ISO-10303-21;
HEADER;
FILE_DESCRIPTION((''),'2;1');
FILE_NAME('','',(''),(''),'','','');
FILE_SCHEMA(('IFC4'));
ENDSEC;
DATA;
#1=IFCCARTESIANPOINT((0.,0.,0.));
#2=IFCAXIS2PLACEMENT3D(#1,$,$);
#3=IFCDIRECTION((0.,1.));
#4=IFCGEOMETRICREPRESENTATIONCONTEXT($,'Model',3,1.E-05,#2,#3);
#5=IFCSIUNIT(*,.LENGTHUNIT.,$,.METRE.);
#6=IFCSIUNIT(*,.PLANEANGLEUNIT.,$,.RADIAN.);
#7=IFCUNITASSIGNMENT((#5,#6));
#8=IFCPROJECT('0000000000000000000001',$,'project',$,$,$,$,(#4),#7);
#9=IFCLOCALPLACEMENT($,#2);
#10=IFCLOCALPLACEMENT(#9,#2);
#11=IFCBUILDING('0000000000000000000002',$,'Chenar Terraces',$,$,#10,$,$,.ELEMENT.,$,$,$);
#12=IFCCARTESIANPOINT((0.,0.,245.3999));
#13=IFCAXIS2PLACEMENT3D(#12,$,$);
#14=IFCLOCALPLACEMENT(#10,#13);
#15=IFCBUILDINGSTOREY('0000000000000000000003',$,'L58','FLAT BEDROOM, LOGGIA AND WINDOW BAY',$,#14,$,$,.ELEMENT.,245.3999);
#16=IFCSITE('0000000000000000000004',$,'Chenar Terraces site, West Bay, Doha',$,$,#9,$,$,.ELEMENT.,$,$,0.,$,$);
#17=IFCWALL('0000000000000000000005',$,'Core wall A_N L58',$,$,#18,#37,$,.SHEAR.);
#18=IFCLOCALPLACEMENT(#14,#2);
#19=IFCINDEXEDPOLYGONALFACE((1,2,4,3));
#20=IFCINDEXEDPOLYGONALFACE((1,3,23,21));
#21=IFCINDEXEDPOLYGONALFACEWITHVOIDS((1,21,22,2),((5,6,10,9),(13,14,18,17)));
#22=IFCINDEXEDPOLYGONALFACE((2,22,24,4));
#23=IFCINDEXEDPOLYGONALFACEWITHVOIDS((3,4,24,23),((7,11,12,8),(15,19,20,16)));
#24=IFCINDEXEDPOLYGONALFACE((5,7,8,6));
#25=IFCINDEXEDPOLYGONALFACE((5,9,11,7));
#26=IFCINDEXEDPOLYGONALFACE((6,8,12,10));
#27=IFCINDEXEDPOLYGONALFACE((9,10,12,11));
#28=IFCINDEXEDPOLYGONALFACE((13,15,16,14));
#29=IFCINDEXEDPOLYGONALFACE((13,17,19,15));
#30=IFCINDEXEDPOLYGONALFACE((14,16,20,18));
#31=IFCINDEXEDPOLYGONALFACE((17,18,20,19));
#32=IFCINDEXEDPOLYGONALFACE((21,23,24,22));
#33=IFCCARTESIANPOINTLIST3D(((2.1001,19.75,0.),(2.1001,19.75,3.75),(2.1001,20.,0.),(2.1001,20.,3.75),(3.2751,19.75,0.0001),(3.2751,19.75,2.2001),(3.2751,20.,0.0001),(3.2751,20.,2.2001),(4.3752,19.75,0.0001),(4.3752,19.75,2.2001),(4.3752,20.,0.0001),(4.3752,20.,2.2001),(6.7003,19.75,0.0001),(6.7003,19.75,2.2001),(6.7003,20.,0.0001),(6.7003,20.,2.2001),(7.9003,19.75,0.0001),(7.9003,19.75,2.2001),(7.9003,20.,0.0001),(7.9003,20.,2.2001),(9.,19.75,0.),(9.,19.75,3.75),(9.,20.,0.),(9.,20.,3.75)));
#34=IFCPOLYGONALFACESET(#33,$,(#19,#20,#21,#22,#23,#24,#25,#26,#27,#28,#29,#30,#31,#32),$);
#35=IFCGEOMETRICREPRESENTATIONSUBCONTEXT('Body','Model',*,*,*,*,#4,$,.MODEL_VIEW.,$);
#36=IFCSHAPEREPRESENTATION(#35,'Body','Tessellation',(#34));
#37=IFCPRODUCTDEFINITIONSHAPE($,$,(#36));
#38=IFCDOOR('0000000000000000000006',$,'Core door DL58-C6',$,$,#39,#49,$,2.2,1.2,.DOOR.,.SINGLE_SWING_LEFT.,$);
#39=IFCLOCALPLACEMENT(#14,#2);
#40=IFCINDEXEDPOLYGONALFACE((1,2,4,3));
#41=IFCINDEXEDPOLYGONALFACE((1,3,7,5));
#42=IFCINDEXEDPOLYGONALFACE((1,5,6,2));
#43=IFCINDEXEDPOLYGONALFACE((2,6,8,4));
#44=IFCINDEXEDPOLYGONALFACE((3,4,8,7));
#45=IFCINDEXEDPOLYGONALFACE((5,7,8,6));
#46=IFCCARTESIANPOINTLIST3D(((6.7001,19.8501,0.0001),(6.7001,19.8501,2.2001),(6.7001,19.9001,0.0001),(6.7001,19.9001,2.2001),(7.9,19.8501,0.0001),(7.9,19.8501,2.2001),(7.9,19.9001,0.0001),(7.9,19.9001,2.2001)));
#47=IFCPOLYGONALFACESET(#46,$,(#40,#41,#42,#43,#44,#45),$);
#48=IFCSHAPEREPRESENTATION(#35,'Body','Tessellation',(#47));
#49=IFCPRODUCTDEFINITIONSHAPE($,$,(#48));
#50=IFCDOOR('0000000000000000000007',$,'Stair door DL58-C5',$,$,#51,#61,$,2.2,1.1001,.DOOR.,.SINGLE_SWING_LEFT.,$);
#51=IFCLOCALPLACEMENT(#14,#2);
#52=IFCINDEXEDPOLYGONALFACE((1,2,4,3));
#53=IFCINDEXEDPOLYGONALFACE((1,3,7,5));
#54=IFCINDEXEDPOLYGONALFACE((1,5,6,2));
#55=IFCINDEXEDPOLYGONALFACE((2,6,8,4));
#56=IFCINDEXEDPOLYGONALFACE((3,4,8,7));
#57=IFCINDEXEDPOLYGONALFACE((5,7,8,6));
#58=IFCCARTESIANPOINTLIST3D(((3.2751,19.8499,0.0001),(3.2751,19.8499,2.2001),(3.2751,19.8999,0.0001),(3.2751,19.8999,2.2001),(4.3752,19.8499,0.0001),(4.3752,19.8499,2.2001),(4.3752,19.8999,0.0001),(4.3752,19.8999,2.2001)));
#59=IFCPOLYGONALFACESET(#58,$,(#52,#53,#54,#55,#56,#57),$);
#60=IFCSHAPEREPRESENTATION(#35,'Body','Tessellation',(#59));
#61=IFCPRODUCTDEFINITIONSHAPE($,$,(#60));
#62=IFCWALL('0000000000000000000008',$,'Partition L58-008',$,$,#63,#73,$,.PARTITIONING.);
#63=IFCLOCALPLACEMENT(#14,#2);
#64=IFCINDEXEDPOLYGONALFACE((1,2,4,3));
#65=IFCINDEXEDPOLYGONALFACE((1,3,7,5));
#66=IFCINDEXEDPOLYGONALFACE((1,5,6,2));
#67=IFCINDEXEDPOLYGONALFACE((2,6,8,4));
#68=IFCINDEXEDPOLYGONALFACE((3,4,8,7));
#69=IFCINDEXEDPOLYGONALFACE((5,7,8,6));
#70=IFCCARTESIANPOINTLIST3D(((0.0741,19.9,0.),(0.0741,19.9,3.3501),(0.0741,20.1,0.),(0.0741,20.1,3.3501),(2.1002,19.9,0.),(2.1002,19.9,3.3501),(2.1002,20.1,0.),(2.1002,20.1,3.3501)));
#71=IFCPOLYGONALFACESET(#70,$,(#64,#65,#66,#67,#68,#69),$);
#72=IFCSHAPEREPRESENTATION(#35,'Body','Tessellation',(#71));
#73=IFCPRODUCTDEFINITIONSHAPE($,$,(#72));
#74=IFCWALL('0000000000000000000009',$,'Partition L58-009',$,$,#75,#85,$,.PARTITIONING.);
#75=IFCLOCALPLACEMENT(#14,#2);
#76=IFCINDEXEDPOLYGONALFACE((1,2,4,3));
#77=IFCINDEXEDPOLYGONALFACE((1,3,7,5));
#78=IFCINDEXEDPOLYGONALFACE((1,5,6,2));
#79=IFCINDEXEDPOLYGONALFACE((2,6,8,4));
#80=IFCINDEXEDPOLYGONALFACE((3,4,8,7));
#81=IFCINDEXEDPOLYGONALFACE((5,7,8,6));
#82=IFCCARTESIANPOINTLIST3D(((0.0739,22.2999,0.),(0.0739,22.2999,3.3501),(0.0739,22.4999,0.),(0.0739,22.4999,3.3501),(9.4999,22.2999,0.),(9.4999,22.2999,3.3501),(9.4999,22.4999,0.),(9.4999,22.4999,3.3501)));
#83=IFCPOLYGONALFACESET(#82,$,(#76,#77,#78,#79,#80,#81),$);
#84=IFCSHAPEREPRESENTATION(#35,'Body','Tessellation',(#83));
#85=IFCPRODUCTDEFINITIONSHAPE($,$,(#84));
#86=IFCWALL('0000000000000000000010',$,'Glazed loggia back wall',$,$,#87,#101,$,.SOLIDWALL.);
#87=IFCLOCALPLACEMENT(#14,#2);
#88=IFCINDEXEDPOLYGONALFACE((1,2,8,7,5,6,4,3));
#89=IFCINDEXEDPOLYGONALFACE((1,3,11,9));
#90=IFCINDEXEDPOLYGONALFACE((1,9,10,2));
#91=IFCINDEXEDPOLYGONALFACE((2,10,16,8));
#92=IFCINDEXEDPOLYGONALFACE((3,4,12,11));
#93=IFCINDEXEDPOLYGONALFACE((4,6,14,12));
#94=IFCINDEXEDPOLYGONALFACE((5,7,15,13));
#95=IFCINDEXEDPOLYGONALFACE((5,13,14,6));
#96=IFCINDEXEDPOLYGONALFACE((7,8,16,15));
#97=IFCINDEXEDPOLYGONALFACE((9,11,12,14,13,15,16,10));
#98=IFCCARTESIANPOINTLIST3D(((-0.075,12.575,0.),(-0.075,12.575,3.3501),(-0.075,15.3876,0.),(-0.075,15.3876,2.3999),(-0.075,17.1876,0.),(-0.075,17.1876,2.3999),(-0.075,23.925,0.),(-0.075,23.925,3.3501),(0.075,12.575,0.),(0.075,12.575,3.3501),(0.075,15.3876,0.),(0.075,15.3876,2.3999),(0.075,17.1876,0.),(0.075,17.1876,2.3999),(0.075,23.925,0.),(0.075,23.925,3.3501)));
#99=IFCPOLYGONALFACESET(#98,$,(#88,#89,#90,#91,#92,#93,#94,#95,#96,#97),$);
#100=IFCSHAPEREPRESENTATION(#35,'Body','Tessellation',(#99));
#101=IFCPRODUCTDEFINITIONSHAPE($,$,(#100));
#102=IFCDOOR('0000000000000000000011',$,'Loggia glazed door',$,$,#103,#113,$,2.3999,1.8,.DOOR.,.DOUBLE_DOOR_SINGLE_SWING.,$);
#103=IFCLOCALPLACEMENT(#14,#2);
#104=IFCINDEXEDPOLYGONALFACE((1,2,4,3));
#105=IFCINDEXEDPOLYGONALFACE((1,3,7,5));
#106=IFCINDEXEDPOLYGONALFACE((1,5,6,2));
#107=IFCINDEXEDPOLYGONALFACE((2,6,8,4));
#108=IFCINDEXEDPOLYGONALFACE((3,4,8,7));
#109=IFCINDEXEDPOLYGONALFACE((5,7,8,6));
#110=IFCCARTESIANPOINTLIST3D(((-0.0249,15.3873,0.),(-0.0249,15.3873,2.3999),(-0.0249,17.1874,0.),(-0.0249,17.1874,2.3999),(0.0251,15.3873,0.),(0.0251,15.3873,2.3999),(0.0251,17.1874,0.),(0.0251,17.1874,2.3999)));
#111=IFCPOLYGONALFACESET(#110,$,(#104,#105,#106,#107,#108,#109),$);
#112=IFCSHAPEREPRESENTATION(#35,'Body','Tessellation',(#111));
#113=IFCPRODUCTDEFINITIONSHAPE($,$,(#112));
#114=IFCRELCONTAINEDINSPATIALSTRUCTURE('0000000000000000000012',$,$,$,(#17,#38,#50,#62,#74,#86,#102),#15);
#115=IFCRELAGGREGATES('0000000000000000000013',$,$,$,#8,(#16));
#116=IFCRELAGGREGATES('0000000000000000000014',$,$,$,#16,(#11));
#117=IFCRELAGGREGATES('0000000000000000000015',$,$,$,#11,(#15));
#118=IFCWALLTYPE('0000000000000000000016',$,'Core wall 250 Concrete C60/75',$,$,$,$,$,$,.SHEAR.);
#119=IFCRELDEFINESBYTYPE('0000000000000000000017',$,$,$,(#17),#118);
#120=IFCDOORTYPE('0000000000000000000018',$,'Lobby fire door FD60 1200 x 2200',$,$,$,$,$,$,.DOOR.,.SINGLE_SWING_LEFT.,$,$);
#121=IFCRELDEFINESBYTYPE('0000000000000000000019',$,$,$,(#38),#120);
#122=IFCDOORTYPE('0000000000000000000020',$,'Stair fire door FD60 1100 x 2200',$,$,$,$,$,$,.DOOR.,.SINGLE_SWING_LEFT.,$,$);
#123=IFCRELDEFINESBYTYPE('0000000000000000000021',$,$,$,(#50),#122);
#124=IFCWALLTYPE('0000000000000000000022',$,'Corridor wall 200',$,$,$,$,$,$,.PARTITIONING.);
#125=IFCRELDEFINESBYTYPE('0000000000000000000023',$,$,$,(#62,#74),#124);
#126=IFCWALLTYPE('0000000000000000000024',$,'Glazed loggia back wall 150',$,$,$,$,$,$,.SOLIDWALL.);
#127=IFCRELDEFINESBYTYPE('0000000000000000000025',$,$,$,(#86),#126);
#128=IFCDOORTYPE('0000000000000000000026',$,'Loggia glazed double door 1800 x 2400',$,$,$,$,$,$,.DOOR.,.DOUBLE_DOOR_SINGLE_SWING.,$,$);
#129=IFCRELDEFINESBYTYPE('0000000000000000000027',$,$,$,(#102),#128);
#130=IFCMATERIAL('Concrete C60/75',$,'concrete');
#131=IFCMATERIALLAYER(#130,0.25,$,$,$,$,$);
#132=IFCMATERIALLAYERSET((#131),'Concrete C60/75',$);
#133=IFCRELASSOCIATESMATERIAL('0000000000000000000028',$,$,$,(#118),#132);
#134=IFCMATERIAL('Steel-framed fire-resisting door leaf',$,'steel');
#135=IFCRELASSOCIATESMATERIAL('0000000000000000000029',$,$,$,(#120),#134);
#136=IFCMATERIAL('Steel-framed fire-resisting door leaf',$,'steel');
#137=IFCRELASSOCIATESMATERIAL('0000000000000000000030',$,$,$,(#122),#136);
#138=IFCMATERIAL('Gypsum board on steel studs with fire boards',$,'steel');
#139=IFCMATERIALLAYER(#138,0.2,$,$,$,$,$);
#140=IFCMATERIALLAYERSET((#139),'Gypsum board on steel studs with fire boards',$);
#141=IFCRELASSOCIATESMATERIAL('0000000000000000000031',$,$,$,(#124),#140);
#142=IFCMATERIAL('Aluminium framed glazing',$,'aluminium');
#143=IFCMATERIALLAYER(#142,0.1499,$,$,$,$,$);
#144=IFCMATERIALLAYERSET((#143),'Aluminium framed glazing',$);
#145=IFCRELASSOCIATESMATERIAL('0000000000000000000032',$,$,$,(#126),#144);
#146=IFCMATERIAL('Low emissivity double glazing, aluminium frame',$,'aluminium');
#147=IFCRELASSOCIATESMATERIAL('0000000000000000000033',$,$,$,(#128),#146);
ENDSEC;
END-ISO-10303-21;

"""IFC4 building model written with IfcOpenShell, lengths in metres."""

from ifc_helpers import new_model, si_unit, direction, frame, frame_2d, origin, place, context, subcontext, project, spatial, rectangle, extrude, material, layer, layer_set, type_object, element, fill, save


model = new_model("IFC4")

# Units and contexts
model_context = context("Model", 3, precision=1e-05, world=origin(), true_north=direction((0.0, 1.0)))
body_context = subcontext(model_context, "Body", "Model", "MODEL_VIEW")
ifc_project = project(units=[si_unit("LENGTHUNIT", "METRE"), si_unit("PLANEANGLEUNIT", "RADIAN")], contexts=[model_context])

# Site, building, storey
site_placement = place(None, origin())
site = spatial("IfcSite", under=ifc_project, at=site_placement, Name="Chenar Terraces site, West Bay, Doha", CompositionType="ELEMENT", RefElevation=0.0)
building_placement = place(site_placement, origin())
building = spatial("IfcBuilding", under=site, at=building_placement, Name="Chenar Terraces", CompositionType="ELEMENT")
storey_placement = place(building_placement, frame((0.0, 0.0, 245.3999)))
storey = spatial("IfcBuildingStorey", under=building, at=storey_placement, Name="L58", Description="FLAT BEDROOM, LOGGIA AND WINDOW BAY", CompositionType="ELEMENT", Elevation=245.3999)

# Wall, openings, doors
ifc_material_1 = material(Name="Concrete C60/75", Category="concrete")
ifc_layer_1 = layer(ifc_material_1, 0.25)
ifc_layer_set_1 = layer_set([ifc_layer_1], Name="Concrete C60/75")
wall_type_1 = type_object("IfcWallType", Name="Core wall 250 Concrete C60/75", PredefinedType="SHEAR", material=ifc_layer_set_1)
wall_1_placement = place(storey_placement, frame((2.1001, 19.875, 0.0), z_axis=(0.0, 0.0, 1.0), x_axis=(1.0, 0.0, 0.0)))
wall_1 = element("IfcWall", 1, at=wall_1_placement, inside=storey, type_object=wall_type_1, Name="Core wall A_N L58", PredefinedType="SHEAR", context=body_context, shape_type="SweptSolid", body=[
    extrude(rectangle(XDim=6.8999, YDim=0.25, at=frame_2d((3.45, 0.0))), origin(), (0.0, 0.0, 1.0), 3.75),
])
opening_1_placement = place(wall_1_placement, frame((1.175, 0.0, 0.0)))
opening_1 = element("IfcOpeningElement", 2, at=opening_1_placement, cuts=wall_1, PredefinedType="OPENING", context=body_context, shape_type="SweptSolid", body=[
    extrude(rectangle(XDim=1.1001, YDim=2.2, at=frame_2d((0.55, 1.1001))), frame((0.0, 0.135, 0.0), z_axis=(0.0, -1.0, 0.0), x_axis=(1.0, 0.0, 0.0)), (0.0, 0.0, 1.0), 0.27),
])
opening_2_placement = place(wall_1_placement, frame((4.6001, 0.0, 0.0)))
opening_2 = element("IfcOpeningElement", 3, at=opening_2_placement, cuts=wall_1, PredefinedType="OPENING", context=body_context, shape_type="SweptSolid", body=[
    extrude(rectangle(XDim=1.2, YDim=2.2, at=frame_2d((0.6001, 1.1001))), frame((0.0, 0.135, 0.0), z_axis=(0.0, -1.0, 0.0), x_axis=(1.0, 0.0, 0.0)), (0.0, 0.0, 1.0), 0.27),
])
ifc_material_2 = material(Name="Steel-framed fire-resisting door leaf", Category="steel")
door_type_1 = type_object("IfcDoorType", Name="Lobby fire door FD60 1200 x 2200", OperationType="SINGLE_SWING_LEFT", PredefinedType="DOOR", material=ifc_material_2)
door_1_placement = place(opening_2_placement, frame((1.2, 0.0, 0.0), z_axis=(0.0, 0.0, 1.0), x_axis=(-1.0, 0.0, 0.0)))
door_1 = element("IfcDoor", 4, at=door_1_placement, inside=storey, type_object=door_type_1, Name="Core door DL58-C6", OperationType="SINGLE_SWING_LEFT", OverallHeight=2.2, OverallWidth=1.2, PredefinedType="DOOR", context=body_context, shape_type="SweptSolid", body=[
    extrude(rectangle(XDim=1.2, YDim=2.2, at=frame_2d((0.6001, 1.1001))), frame((0.0, 0.0249, 0.0), z_axis=(0.0, -1.0, 0.0), x_axis=(1.0, 0.0, 0.0)), (0.0, 0.0, 1.0), 0.05),
])
fill(opening_2, door_1)
ifc_material_3 = material(Name="Steel-framed fire-resisting door leaf", Category="steel")
door_type_2 = type_object("IfcDoorType", Name="Stair fire door FD60 1100 x 2200", OperationType="SINGLE_SWING_LEFT", PredefinedType="DOOR", material=ifc_material_3)
door_2_placement = place(opening_1_placement, origin())
door_2 = element("IfcDoor", 5, at=door_2_placement, inside=storey, type_object=door_type_2, Name="Stair door DL58-C5", OperationType="SINGLE_SWING_LEFT", OverallHeight=2.2, OverallWidth=1.1001, PredefinedType="DOOR", context=body_context, shape_type="SweptSolid", body=[
    extrude(rectangle(XDim=1.1001, YDim=2.2, at=frame_2d((0.55, 1.1001))), frame((0.0, 0.0249, 0.0), z_axis=(0.0, -1.0, 0.0), x_axis=(1.0, 0.0, 0.0)), (0.0, 0.0, 1.0), 0.05),
])
fill(opening_1, door_2)

# Walls
ifc_material_4 = material(Name="Gypsum board on steel studs with fire boards", Category="steel")
ifc_layer_2 = layer(ifc_material_4, 0.2)
ifc_layer_set_2 = layer_set([ifc_layer_2], Name="Gypsum board on steel studs with fire boards")
wall_type_2 = type_object("IfcWallType", Name="Corridor wall 200", PredefinedType="PARTITIONING", material=ifc_layer_set_2)
wall_2_placement = place(storey_placement, frame((0.074, 20.0, 0.0), z_axis=(0.0, 0.0, 1.0), x_axis=(1.0, 0.0, 0.0)))
element("IfcWall", 6, at=wall_2_placement, inside=storey, type_object=wall_type_2, Name="Partition L58-008", PredefinedType="PARTITIONING", context=body_context, shape_type="SweptSolid", body=[
    extrude(rectangle(XDim=2.0261, YDim=0.2, at=frame_2d((1.0132, 0.0))), origin(), (0.0, 0.0, 1.0), 3.3501),
])
wall_3_placement = place(storey_placement, frame((0.074, 22.3999, 0.0), z_axis=(0.0, 0.0, 1.0), x_axis=(1.0, 0.0, 0.0)))
element("IfcWall", 7, at=wall_3_placement, inside=storey, type_object=wall_type_2, Name="Partition L58-009", PredefinedType="PARTITIONING", context=body_context, shape_type="SweptSolid", body=[
    extrude(rectangle(XDim=9.426, YDim=0.2, at=frame_2d((4.7129, 0.0))), origin(), (0.0, 0.0, 1.0), 3.3501),
])

# Wall, opening, door
ifc_material_5 = material(Name="Aluminium framed glazing", Category="aluminium")
ifc_layer_3 = layer(ifc_material_5, 0.1499)
ifc_layer_set_3 = layer_set([ifc_layer_3], Name="Aluminium framed glazing")
wall_type_3 = type_object("IfcWallType", Name="Glazed loggia back wall 150", PredefinedType="SOLIDWALL", material=ifc_layer_set_3)
wall_4_placement = place(storey_placement, frame((0.0, 23.925, 0.0), z_axis=(0.0, 0.0, 1.0), x_axis=(0.0, -1.0, 0.0)))
wall_4 = element("IfcWall", 8, at=wall_4_placement, inside=storey, type_object=wall_type_3, Name="Glazed loggia back wall", PredefinedType="SOLIDWALL", context=body_context, shape_type="SweptSolid", body=[
    extrude(rectangle(XDim=11.3501, YDim=0.1499, at=frame_2d((5.675, 0.0))), origin(), (0.0, 0.0, 1.0), 3.3501),
])
opening_3_placement = place(wall_4_placement, frame((6.7375, 0.0, 0.0)))
opening_3 = element("IfcOpeningElement", 9, at=opening_3_placement, cuts=wall_4, PredefinedType="OPENING", context=body_context, shape_type="SweptSolid", body=[
    extrude(rectangle(XDim=1.8, YDim=2.3999, at=frame_2d((0.8999, 1.2))), frame((0.0, 0.085, 0.0), z_axis=(0.0, -1.0, 0.0), x_axis=(1.0, 0.0, 0.0)), (0.0, 0.0, 1.0), 0.1699),
])
ifc_material_6 = material(Name="Low emissivity double glazing, aluminium frame", Category="aluminium")
door_type_3 = type_object("IfcDoorType", Name="Loggia glazed double door 1800 x 2400", OperationType="DOUBLE_DOOR_SINGLE_SWING", PredefinedType="DOOR", material=ifc_material_6)
door_3_placement = place(opening_3_placement, frame((1.8, 0.0, 0.0), z_axis=(0.0, 0.0, 1.0), x_axis=(-1.0, 0.0, 0.0)))
door_3 = element("IfcDoor", 10, at=door_3_placement, inside=storey, type_object=door_type_3, Name="Loggia glazed door", OperationType="DOUBLE_DOOR_SINGLE_SWING", OverallHeight=2.3999, OverallWidth=1.8, PredefinedType="DOOR", context=body_context, shape_type="SweptSolid", body=[
    extrude(rectangle(XDim=1.8, YDim=2.3999, at=frame_2d((0.8999, 1.2))), frame((0.0, 0.0249, 0.0), z_axis=(0.0, -1.0, 0.0), x_axis=(1.0, 0.0, 0.0)), (0.0, 0.0, 1.0), 0.05),
])
fill(opening_3, door_3)

save(model, "model.ifc")
